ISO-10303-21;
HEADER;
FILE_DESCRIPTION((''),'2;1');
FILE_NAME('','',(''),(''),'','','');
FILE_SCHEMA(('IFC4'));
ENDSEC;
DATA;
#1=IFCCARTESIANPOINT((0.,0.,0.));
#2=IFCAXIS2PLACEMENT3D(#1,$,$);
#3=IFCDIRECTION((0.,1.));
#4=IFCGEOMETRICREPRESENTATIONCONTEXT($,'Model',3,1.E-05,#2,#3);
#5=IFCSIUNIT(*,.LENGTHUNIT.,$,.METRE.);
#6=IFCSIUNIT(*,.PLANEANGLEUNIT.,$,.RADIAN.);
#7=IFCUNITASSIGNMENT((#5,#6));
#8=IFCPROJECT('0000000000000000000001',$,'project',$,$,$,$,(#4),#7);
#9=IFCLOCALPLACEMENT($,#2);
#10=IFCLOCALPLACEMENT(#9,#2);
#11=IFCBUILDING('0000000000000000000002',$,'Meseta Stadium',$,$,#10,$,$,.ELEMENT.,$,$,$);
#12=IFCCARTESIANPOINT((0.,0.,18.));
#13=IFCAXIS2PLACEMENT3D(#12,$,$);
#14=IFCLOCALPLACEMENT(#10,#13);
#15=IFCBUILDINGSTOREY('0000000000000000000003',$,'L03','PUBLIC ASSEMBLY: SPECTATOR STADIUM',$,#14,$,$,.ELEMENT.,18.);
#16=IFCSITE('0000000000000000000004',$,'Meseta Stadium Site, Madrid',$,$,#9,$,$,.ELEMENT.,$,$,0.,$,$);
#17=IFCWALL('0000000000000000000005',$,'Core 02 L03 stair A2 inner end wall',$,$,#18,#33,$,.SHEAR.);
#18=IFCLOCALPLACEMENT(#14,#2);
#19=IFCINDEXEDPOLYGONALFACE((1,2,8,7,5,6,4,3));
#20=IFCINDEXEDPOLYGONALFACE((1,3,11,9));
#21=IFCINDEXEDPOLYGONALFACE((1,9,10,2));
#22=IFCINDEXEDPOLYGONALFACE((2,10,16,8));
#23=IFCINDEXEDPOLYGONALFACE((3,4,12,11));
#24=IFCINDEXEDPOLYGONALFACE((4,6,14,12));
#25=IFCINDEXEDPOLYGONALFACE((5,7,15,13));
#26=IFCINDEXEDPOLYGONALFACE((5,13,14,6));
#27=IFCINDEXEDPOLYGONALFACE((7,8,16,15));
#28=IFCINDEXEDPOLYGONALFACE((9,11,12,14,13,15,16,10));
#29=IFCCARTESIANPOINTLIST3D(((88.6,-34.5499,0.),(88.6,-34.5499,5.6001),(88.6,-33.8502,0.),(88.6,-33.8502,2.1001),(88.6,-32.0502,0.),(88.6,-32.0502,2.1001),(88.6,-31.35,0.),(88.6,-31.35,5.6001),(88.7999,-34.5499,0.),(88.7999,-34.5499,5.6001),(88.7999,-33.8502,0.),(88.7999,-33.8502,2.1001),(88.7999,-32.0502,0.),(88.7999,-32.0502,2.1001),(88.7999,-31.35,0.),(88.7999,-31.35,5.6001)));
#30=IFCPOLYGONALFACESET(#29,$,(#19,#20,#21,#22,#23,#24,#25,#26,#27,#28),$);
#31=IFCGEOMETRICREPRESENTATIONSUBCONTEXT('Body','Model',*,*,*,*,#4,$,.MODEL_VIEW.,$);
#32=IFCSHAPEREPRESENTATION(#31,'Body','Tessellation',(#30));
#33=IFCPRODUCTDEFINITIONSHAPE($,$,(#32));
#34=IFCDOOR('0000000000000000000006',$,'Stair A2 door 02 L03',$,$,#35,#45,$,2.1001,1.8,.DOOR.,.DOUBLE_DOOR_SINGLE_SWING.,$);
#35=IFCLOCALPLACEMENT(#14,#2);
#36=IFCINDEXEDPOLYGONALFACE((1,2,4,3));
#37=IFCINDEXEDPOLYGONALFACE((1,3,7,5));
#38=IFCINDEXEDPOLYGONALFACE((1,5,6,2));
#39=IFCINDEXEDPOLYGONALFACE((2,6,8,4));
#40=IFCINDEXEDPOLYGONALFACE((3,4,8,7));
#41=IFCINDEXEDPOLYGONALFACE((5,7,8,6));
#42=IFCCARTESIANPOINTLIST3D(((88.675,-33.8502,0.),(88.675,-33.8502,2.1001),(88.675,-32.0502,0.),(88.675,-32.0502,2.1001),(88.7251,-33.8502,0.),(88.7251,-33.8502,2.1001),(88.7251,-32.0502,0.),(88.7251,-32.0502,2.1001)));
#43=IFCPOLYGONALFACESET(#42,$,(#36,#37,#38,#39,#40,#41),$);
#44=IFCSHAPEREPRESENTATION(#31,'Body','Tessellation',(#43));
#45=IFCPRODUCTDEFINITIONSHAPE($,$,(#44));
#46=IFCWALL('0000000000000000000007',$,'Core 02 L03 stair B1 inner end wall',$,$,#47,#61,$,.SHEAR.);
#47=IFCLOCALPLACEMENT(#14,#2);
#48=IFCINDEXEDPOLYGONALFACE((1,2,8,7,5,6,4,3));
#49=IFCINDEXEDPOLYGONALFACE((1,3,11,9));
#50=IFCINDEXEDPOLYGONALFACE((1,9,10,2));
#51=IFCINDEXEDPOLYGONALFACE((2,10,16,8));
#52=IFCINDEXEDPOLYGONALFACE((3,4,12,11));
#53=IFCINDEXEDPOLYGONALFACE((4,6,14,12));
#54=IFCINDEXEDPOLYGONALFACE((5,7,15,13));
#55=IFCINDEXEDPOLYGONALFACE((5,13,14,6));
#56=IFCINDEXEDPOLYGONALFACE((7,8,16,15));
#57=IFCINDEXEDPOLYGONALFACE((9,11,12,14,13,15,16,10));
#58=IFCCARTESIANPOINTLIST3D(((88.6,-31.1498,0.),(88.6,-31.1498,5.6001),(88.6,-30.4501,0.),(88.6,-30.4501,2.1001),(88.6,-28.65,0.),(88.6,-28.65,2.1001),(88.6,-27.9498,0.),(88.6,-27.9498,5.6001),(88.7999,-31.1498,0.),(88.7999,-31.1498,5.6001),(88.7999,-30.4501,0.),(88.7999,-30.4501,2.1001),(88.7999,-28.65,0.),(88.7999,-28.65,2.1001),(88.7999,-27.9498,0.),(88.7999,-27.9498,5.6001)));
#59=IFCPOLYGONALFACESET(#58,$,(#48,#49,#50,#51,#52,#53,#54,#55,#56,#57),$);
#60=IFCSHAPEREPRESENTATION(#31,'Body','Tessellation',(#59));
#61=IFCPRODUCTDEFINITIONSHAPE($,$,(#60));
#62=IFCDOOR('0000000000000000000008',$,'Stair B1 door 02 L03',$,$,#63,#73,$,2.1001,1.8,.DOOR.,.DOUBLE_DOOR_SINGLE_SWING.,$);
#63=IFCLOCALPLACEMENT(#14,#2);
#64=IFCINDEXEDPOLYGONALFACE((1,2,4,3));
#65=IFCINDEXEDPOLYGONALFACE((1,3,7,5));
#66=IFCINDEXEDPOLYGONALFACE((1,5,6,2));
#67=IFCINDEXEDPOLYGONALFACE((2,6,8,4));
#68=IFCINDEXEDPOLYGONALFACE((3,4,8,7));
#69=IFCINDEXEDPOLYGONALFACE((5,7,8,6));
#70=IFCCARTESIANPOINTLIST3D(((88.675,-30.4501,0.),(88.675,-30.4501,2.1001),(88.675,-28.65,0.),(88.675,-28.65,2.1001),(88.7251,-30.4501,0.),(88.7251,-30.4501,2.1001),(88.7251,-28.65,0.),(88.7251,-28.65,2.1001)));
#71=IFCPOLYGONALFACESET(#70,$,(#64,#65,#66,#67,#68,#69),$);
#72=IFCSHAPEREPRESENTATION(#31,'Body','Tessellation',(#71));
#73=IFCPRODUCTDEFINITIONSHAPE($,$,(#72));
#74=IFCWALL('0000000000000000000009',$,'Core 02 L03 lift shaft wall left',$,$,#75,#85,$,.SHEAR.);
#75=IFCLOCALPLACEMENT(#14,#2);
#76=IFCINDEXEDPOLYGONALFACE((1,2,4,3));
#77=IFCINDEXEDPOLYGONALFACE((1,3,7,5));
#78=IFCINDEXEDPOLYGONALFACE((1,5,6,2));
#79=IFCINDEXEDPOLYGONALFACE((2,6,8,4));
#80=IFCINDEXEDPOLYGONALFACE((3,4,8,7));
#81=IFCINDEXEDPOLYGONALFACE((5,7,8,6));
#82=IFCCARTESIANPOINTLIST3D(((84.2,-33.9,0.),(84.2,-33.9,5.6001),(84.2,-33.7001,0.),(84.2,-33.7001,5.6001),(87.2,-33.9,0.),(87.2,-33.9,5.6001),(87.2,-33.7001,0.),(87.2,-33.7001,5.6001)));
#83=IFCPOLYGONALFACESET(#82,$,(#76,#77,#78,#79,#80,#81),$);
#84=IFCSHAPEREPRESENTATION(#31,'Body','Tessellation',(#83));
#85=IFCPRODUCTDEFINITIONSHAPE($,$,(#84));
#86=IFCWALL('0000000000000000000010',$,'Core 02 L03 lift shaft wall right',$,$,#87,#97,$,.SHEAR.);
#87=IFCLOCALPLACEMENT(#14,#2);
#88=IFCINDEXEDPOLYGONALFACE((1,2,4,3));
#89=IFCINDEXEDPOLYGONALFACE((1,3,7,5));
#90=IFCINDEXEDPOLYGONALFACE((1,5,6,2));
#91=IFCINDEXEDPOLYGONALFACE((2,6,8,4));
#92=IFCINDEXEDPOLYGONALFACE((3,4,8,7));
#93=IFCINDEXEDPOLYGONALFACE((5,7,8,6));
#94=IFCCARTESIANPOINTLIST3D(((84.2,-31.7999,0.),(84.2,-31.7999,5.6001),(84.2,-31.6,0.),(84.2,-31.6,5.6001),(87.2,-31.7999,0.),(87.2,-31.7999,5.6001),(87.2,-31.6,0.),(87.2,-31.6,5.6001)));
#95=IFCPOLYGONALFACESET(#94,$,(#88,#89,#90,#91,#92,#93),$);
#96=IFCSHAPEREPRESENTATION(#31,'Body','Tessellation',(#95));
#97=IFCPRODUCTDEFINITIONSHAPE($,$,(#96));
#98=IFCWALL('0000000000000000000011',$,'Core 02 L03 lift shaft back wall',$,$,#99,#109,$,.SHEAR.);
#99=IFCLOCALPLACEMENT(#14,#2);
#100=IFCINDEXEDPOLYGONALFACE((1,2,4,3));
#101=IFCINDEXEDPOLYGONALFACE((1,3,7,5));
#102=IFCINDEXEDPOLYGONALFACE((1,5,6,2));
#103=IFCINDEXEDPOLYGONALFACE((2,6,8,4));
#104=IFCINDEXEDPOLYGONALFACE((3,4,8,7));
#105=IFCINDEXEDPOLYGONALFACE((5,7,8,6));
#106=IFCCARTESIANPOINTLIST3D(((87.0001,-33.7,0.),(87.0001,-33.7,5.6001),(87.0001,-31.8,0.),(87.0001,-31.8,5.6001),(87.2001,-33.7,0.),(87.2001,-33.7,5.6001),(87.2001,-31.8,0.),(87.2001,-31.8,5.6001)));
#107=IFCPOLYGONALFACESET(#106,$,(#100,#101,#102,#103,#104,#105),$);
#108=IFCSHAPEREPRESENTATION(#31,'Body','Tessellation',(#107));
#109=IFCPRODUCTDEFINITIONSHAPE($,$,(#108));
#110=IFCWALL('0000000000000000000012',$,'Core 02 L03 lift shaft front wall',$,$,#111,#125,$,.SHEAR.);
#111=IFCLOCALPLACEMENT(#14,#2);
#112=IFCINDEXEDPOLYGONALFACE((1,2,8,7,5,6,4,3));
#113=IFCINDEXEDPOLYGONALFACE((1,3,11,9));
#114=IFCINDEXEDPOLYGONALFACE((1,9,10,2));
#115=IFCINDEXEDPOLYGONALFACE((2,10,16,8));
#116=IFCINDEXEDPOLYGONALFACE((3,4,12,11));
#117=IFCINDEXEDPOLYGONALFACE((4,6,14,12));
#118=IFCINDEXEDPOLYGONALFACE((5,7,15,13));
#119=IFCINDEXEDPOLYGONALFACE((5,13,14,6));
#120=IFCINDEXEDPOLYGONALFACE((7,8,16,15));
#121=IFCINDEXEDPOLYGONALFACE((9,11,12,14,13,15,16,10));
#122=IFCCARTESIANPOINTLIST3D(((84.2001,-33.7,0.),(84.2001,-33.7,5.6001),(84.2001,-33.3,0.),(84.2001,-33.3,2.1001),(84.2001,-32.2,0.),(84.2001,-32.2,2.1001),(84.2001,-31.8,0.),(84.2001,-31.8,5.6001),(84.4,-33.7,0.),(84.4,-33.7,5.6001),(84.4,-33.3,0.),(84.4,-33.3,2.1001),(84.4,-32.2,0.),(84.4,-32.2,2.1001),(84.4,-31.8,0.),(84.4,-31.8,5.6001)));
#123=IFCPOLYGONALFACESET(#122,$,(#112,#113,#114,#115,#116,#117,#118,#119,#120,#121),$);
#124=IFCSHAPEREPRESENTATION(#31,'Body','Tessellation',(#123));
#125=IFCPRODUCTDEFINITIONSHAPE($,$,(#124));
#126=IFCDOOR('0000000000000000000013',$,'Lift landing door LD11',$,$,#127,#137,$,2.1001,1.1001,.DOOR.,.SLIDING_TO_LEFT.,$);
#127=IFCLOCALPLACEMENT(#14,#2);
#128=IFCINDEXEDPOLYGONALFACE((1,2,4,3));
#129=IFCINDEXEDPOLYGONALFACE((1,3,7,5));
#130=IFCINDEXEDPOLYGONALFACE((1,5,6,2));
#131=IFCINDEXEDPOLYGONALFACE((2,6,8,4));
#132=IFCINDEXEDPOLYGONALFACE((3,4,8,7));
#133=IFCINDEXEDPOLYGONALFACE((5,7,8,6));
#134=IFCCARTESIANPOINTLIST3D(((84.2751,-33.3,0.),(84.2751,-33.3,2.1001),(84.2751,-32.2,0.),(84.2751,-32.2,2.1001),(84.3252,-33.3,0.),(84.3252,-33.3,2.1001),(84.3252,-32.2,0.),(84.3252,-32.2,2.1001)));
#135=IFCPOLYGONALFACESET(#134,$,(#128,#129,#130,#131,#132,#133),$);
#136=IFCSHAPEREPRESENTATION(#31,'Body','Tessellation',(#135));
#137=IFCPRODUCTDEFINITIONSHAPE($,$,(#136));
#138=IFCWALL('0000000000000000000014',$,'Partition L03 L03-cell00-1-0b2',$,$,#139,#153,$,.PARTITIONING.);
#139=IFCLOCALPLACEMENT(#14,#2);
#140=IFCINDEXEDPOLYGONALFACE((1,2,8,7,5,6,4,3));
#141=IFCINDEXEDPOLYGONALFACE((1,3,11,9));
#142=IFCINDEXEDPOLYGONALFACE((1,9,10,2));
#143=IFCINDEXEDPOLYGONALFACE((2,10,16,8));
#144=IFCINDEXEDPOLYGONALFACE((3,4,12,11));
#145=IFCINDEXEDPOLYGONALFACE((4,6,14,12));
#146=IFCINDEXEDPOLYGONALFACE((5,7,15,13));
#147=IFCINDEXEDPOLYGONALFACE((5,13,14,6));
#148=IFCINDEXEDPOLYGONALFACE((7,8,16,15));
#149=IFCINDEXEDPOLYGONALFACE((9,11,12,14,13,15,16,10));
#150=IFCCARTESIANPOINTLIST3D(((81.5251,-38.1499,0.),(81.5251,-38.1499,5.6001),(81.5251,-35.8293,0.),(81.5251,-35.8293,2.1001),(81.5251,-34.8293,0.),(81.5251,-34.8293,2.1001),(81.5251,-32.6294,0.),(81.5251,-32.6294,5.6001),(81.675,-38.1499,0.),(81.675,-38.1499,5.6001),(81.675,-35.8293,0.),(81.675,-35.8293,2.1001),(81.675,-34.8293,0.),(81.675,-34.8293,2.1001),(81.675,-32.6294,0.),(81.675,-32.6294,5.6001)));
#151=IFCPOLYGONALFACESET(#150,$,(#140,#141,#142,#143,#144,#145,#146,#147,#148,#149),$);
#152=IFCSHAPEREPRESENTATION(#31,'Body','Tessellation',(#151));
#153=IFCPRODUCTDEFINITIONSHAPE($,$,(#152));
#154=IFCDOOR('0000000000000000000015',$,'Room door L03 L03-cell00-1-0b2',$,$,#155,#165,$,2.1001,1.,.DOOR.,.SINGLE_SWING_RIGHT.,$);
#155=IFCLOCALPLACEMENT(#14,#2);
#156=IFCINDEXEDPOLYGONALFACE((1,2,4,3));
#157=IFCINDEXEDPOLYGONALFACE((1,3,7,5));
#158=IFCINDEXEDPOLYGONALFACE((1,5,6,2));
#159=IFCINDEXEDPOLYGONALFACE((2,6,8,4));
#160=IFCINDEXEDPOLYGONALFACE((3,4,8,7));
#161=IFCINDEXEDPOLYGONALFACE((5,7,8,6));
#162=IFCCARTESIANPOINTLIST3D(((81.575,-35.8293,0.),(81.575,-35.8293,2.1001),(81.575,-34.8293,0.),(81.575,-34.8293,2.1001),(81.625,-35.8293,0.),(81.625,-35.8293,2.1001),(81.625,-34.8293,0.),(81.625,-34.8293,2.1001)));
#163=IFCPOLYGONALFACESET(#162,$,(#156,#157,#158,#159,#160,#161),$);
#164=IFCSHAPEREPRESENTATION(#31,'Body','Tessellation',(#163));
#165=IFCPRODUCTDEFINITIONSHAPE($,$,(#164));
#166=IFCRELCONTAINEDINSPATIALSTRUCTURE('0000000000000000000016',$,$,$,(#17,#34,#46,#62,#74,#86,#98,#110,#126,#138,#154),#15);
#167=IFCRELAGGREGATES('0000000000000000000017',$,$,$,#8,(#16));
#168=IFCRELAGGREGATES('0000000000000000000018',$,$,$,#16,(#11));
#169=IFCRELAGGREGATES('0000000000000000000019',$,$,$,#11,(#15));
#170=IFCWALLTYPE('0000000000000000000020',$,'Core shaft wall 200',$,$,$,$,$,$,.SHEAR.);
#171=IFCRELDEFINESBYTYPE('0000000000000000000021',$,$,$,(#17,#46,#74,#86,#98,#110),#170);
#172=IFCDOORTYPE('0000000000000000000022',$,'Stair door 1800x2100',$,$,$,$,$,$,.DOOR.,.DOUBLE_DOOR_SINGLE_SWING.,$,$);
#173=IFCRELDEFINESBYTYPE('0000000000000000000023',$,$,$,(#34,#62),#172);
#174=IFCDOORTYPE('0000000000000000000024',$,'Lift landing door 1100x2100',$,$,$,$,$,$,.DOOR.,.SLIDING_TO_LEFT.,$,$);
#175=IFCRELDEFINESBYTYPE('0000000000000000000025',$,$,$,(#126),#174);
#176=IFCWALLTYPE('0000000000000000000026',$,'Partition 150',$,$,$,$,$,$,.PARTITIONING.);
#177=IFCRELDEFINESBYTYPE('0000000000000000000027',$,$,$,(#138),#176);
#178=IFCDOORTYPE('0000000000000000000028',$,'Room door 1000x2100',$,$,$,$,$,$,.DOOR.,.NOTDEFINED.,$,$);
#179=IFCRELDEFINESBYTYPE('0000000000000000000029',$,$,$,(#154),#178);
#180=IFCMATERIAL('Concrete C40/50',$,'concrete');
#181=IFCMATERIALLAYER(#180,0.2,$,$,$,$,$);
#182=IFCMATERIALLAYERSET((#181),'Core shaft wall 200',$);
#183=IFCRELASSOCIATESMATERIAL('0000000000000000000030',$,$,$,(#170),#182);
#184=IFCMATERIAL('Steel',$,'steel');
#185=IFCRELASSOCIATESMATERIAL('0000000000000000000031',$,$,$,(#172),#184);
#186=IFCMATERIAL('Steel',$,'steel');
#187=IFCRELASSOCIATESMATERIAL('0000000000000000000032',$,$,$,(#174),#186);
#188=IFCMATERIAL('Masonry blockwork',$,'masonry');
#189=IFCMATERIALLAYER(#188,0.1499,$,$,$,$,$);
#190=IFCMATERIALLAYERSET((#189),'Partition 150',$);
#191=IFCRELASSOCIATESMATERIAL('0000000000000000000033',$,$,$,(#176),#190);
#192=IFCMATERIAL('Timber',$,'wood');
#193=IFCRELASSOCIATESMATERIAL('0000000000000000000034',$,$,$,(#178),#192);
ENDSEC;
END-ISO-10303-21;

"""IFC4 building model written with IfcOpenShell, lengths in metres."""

from ifc_helpers import new_model, si_unit, direction, frame, frame_2d, origin, place, context, subcontext, project, spatial, rectangle, extrude, material, layer, layer_set, type_object, element, fill, save


model = new_model("IFC4")

# Units and contexts
model_context = context("Model", 3, precision=1e-05, world=origin(), true_north=direction((0.0, 1.0)))
body_context = subcontext(model_context, "Body", "Model", "MODEL_VIEW")
ifc_project = project(units=[si_unit("LENGTHUNIT", "METRE"), si_unit("PLANEANGLEUNIT", "RADIAN")], contexts=[model_context])

# Site, building, storey
site_placement = place(None, origin())
site = spatial("IfcSite", under=ifc_project, at=site_placement, Name="Meseta Stadium Site, Madrid", CompositionType="ELEMENT", RefElevation=0.0)
building_placement = place(site_placement, origin())
building = spatial("IfcBuilding", under=site, at=building_placement, Name="Meseta Stadium", CompositionType="ELEMENT")
storey_placement = place(building_placement, frame((0.0, 0.0, 18.0)))
storey = spatial("IfcBuildingStorey", under=building, at=storey_placement, Name="L03", Description="PUBLIC ASSEMBLY: SPECTATOR STADIUM", CompositionType="ELEMENT", Elevation=18.0)

# Walls, openings, doors
ifc_material_1 = material(Name="Concrete C40/50", Category="concrete")
ifc_layer_1 = layer(ifc_material_1, 0.2)
ifc_layer_set_1 = layer_set([ifc_layer_1], Name="Core shaft wall 200")
wall_type_1 = type_object("IfcWallType", Name="Core shaft wall 200", PredefinedType="SHEAR", material=ifc_layer_set_1)
wall_1_placement = place(storey_placement, frame((88.7, -34.55, 0.0), z_axis=(0.0, 0.0, 1.0), x_axis=(0.0, 1.0, 0.0)))
wall_1 = element("IfcWall", 1, at=wall_1_placement, inside=storey, type_object=wall_type_1, Name="Core 02 L03 stair A2 inner end wall", PredefinedType="SHEAR", context=body_context, shape_type="SweptSolid", body=[
    extrude(rectangle(XDim=3.2, YDim=0.2, at=frame_2d((1.6001, 0.0))), origin(), (0.0, 0.0, 1.0), 5.6001),
])
opening_1_placement = place(wall_1_placement, frame((0.7, 0.0, 0.0)))
opening_1 = element("IfcOpeningElement", 2, at=opening_1_placement, cuts=wall_1, PredefinedType="OPENING", context=body_context, shape_type="SweptSolid", body=[
    extrude(rectangle(XDim=1.8, YDim=2.1001, at=frame_2d((0.8999, 1.05))), frame((0.0, 0.1099, 0.0), z_axis=(0.0, -1.0, 0.0), x_axis=(1.0, 0.0, 0.0)), (0.0, 0.0, 1.0), 0.22),
])
ifc_material_2 = material(Name="Steel", Category="steel")
door_type_1 = type_object("IfcDoorType", Name="Stair door 1800x2100", OperationType="DOUBLE_DOOR_SINGLE_SWING", PredefinedType="DOOR", material=ifc_material_2)
door_1_placement = place(opening_1_placement, origin())
door_1 = element("IfcDoor", 3, at=door_1_placement, inside=storey, type_object=door_type_1, Name="Stair A2 door 02 L03", OperationType="DOUBLE_DOOR_SINGLE_SWING", OverallHeight=2.1001, OverallWidth=1.8, PredefinedType="DOOR", context=body_context, shape_type="SweptSolid", body=[
    extrude(rectangle(XDim=1.8, YDim=2.1001, at=frame_2d((0.8999, 1.05))), frame((0.0, 0.0249, 0.0), z_axis=(0.0, -1.0, 0.0), x_axis=(1.0, 0.0, 0.0)), (0.0, 0.0, 1.0), 0.05),
])
fill(opening_1, door_1)
wall_2_placement = place(storey_placement, frame((88.7, -31.1499, 0.0), z_axis=(0.0, 0.0, 1.0), x_axis=(0.0, 1.0, 0.0)))
wall_2 = element("IfcWall", 4, at=wall_2_placement, inside=storey, type_object=wall_type_1, Name="Core 02 L03 stair B1 inner end wall", PredefinedType="SHEAR", context=body_context, shape_type="SweptSolid", body=[
    extrude(rectangle(XDim=3.2, YDim=0.2, at=frame_2d((1.6001, 0.0))), origin(), (0.0, 0.0, 1.0), 5.6001),
])
opening_2_placement = place(wall_2_placement, frame((0.7, 0.0, 0.0)))
opening_2 = element("IfcOpeningElement", 5, at=opening_2_placement, cuts=wall_2, PredefinedType="OPENING", context=body_context, shape_type="SweptSolid", body=[
    extrude(rectangle(XDim=1.8, YDim=2.1001, at=frame_2d((0.8999, 1.05))), frame((0.0, 0.1099, 0.0), z_axis=(0.0, -1.0, 0.0), x_axis=(1.0, 0.0, 0.0)), (0.0, 0.0, 1.0), 0.22),
])
door_2_placement = place(opening_2_placement, origin())
door_2 = element("IfcDoor", 6, at=door_2_placement, inside=storey, type_object=door_type_1, Name="Stair B1 door 02 L03", OperationType="DOUBLE_DOOR_SINGLE_SWING", OverallHeight=2.1001, OverallWidth=1.8, PredefinedType="DOOR", context=body_context, shape_type="SweptSolid", body=[
    extrude(rectangle(XDim=1.8, YDim=2.1001, at=frame_2d((0.8999, 1.05))), frame((0.0, 0.0249, 0.0), z_axis=(0.0, -1.0, 0.0), x_axis=(1.0, 0.0, 0.0)), (0.0, 0.0, 1.0), 0.05),
])
fill(opening_2, door_2)

# Walls
for number, where, z_axis, x_axis, name in (
    (7, (87.2, -33.8, 0.0), (0.0, 0.0, 1.0), (-1.0, 0.0, 0.0), "Core 02 L03 lift shaft wall left"),
    (8, (87.2, -31.7, 0.0), (0.0, 0.0, 1.0), (-1.0, 0.0, 0.0), "Core 02 L03 lift shaft wall right"),
):
    element("IfcWall", number, at=place(storey_placement, frame(where, z_axis=z_axis, x_axis=x_axis)), inside=storey, type_object=wall_type_1, Name=name, PredefinedType="SHEAR", context=body_context, shape_type="SweptSolid", body=[
        extrude(rectangle(XDim=3.0, YDim=0.2, at=frame_2d((1.5, 0.0))), origin(), (0.0, 0.0, 1.0), 5.6001),
    ])
wall_3_placement = place(storey_placement, frame((87.1001, -33.7, 0.0), z_axis=(0.0, 0.0, 1.0), x_axis=(0.0, 1.0, 0.0)))
element("IfcWall", 9, at=wall_3_placement, inside=storey, type_object=wall_type_1, Name="Core 02 L03 lift shaft back wall", PredefinedType="SHEAR", context=body_context, shape_type="SweptSolid", body=[
    extrude(rectangle(XDim=1.8999, YDim=0.2, at=frame_2d((0.95, 0.0))), origin(), (0.0, 0.0, 1.0), 5.6001),
])

# Walls, openings, doors
wall_4_placement = place(storey_placement, frame((84.3, -33.7, 0.0), z_axis=(0.0, 0.0, 1.0), x_axis=(0.0, 1.0, 0.0)))
wall_4 = element("IfcWall", 10, at=wall_4_placement, inside=storey, type_object=wall_type_1, Name="Core 02 L03 lift shaft front wall", PredefinedType="SHEAR", context=body_context, shape_type="SweptSolid", body=[
    extrude(rectangle(XDim=1.8999, YDim=0.2, at=frame_2d((0.95, 0.0))), origin(), (0.0, 0.0, 1.0), 5.6001),
])
opening_3_placement = place(wall_4_placement, frame((0.3999, 0.0, 0.0)))
opening_3 = element("IfcOpeningElement", 11, at=opening_3_placement, cuts=wall_4, PredefinedType="OPENING", context=body_context, shape_type="SweptSolid", body=[
    extrude(rectangle(XDim=1.1001, YDim=2.1001, at=frame_2d((0.55, 1.05))), frame((0.0, 0.1099, 0.0), z_axis=(0.0, -1.0, 0.0), x_axis=(1.0, 0.0, 0.0)), (0.0, 0.0, 1.0), 0.22),
])
ifc_material_3 = material(Name="Steel", Category="steel")
door_type_2 = type_object("IfcDoorType", Name="Lift landing door 1100x2100", OperationType="SLIDING_TO_LEFT", PredefinedType="DOOR", material=ifc_material_3)
door_3_placement = place(opening_3_placement, origin())
door_3 = element("IfcDoor", 12, at=door_3_placement, inside=storey, type_object=door_type_2, Name="Lift landing door LD11", OperationType="SLIDING_TO_LEFT", OverallHeight=2.1001, OverallWidth=1.1001, PredefinedType="DOOR", context=body_context, shape_type="SweptSolid", body=[
    extrude(rectangle(XDim=1.1001, YDim=2.1001, at=frame_2d((0.55, 1.05))), frame((0.0, 0.0249, 0.0), z_axis=(0.0, -1.0, 0.0), x_axis=(1.0, 0.0, 0.0)), (0.0, 0.0, 1.0), 0.05),
])
fill(opening_3, door_3)
ifc_material_4 = material(Name="Masonry blockwork", Category="masonry")
ifc_layer_2 = layer(ifc_material_4, 0.1499)
ifc_layer_set_2 = layer_set([ifc_layer_2], Name="Partition 150")
wall_type_2 = type_object("IfcWallType", Name="Partition 150", PredefinedType="PARTITIONING", material=ifc_layer_set_2)
wall_5_placement = place(storey_placement, frame((81.6001, -32.6294, 0.0), z_axis=(0.0, 0.0, 1.0), x_axis=(0.0, -1.0, 0.0)))
wall_5 = element("IfcWall", 13, at=wall_5_placement, inside=storey, type_object=wall_type_2, Name="Partition L03 L03-cell00-1-0b2", PredefinedType="PARTITIONING", context=body_context, shape_type="SweptSolid", body=[
    extrude(rectangle(XDim=5.5205, YDim=0.1499, at=frame_2d((2.7603, 0.0))), origin(), (0.0, 0.0, 1.0), 5.6001),
])
opening_4_placement = place(wall_5_placement, frame((2.2, 0.0, 0.0)))
opening_4 = element("IfcOpeningElement", 14, at=opening_4_placement, cuts=wall_5, PredefinedType="OPENING", context=body_context, shape_type="SweptSolid", body=[
    extrude(rectangle(XDim=1.0, YDim=2.1001, at=frame_2d((0.5, 1.05))), frame((0.0, 0.085, 0.0), z_axis=(0.0, -1.0, 0.0), x_axis=(1.0, 0.0, 0.0)), (0.0, 0.0, 1.0), 0.1699),
])
ifc_material_5 = material(Name="Timber", Category="wood")
door_type_3 = type_object("IfcDoorType", Name="Room door 1000x2100", OperationType="NOTDEFINED", PredefinedType="DOOR", material=ifc_material_5)
door_4_placement = place(opening_4_placement, origin())
door_4 = element("IfcDoor", 15, at=door_4_placement, inside=storey, type_object=door_type_3, Name="Room door L03 L03-cell00-1-0b2", OperationType="SINGLE_SWING_RIGHT", OverallHeight=2.1001, OverallWidth=1.0, PredefinedType="DOOR", context=body_context, shape_type="SweptSolid", body=[
    extrude(rectangle(XDim=1.0, YDim=2.1001, at=frame_2d((0.5, 1.05))), frame((0.0, 0.0249, 0.0), z_axis=(0.0, -1.0, 0.0), x_axis=(1.0, 0.0, 0.0)), (0.0, 0.0, 1.0), 0.05),
])
fill(opening_4, door_4)

save(model, "model.ifc")
